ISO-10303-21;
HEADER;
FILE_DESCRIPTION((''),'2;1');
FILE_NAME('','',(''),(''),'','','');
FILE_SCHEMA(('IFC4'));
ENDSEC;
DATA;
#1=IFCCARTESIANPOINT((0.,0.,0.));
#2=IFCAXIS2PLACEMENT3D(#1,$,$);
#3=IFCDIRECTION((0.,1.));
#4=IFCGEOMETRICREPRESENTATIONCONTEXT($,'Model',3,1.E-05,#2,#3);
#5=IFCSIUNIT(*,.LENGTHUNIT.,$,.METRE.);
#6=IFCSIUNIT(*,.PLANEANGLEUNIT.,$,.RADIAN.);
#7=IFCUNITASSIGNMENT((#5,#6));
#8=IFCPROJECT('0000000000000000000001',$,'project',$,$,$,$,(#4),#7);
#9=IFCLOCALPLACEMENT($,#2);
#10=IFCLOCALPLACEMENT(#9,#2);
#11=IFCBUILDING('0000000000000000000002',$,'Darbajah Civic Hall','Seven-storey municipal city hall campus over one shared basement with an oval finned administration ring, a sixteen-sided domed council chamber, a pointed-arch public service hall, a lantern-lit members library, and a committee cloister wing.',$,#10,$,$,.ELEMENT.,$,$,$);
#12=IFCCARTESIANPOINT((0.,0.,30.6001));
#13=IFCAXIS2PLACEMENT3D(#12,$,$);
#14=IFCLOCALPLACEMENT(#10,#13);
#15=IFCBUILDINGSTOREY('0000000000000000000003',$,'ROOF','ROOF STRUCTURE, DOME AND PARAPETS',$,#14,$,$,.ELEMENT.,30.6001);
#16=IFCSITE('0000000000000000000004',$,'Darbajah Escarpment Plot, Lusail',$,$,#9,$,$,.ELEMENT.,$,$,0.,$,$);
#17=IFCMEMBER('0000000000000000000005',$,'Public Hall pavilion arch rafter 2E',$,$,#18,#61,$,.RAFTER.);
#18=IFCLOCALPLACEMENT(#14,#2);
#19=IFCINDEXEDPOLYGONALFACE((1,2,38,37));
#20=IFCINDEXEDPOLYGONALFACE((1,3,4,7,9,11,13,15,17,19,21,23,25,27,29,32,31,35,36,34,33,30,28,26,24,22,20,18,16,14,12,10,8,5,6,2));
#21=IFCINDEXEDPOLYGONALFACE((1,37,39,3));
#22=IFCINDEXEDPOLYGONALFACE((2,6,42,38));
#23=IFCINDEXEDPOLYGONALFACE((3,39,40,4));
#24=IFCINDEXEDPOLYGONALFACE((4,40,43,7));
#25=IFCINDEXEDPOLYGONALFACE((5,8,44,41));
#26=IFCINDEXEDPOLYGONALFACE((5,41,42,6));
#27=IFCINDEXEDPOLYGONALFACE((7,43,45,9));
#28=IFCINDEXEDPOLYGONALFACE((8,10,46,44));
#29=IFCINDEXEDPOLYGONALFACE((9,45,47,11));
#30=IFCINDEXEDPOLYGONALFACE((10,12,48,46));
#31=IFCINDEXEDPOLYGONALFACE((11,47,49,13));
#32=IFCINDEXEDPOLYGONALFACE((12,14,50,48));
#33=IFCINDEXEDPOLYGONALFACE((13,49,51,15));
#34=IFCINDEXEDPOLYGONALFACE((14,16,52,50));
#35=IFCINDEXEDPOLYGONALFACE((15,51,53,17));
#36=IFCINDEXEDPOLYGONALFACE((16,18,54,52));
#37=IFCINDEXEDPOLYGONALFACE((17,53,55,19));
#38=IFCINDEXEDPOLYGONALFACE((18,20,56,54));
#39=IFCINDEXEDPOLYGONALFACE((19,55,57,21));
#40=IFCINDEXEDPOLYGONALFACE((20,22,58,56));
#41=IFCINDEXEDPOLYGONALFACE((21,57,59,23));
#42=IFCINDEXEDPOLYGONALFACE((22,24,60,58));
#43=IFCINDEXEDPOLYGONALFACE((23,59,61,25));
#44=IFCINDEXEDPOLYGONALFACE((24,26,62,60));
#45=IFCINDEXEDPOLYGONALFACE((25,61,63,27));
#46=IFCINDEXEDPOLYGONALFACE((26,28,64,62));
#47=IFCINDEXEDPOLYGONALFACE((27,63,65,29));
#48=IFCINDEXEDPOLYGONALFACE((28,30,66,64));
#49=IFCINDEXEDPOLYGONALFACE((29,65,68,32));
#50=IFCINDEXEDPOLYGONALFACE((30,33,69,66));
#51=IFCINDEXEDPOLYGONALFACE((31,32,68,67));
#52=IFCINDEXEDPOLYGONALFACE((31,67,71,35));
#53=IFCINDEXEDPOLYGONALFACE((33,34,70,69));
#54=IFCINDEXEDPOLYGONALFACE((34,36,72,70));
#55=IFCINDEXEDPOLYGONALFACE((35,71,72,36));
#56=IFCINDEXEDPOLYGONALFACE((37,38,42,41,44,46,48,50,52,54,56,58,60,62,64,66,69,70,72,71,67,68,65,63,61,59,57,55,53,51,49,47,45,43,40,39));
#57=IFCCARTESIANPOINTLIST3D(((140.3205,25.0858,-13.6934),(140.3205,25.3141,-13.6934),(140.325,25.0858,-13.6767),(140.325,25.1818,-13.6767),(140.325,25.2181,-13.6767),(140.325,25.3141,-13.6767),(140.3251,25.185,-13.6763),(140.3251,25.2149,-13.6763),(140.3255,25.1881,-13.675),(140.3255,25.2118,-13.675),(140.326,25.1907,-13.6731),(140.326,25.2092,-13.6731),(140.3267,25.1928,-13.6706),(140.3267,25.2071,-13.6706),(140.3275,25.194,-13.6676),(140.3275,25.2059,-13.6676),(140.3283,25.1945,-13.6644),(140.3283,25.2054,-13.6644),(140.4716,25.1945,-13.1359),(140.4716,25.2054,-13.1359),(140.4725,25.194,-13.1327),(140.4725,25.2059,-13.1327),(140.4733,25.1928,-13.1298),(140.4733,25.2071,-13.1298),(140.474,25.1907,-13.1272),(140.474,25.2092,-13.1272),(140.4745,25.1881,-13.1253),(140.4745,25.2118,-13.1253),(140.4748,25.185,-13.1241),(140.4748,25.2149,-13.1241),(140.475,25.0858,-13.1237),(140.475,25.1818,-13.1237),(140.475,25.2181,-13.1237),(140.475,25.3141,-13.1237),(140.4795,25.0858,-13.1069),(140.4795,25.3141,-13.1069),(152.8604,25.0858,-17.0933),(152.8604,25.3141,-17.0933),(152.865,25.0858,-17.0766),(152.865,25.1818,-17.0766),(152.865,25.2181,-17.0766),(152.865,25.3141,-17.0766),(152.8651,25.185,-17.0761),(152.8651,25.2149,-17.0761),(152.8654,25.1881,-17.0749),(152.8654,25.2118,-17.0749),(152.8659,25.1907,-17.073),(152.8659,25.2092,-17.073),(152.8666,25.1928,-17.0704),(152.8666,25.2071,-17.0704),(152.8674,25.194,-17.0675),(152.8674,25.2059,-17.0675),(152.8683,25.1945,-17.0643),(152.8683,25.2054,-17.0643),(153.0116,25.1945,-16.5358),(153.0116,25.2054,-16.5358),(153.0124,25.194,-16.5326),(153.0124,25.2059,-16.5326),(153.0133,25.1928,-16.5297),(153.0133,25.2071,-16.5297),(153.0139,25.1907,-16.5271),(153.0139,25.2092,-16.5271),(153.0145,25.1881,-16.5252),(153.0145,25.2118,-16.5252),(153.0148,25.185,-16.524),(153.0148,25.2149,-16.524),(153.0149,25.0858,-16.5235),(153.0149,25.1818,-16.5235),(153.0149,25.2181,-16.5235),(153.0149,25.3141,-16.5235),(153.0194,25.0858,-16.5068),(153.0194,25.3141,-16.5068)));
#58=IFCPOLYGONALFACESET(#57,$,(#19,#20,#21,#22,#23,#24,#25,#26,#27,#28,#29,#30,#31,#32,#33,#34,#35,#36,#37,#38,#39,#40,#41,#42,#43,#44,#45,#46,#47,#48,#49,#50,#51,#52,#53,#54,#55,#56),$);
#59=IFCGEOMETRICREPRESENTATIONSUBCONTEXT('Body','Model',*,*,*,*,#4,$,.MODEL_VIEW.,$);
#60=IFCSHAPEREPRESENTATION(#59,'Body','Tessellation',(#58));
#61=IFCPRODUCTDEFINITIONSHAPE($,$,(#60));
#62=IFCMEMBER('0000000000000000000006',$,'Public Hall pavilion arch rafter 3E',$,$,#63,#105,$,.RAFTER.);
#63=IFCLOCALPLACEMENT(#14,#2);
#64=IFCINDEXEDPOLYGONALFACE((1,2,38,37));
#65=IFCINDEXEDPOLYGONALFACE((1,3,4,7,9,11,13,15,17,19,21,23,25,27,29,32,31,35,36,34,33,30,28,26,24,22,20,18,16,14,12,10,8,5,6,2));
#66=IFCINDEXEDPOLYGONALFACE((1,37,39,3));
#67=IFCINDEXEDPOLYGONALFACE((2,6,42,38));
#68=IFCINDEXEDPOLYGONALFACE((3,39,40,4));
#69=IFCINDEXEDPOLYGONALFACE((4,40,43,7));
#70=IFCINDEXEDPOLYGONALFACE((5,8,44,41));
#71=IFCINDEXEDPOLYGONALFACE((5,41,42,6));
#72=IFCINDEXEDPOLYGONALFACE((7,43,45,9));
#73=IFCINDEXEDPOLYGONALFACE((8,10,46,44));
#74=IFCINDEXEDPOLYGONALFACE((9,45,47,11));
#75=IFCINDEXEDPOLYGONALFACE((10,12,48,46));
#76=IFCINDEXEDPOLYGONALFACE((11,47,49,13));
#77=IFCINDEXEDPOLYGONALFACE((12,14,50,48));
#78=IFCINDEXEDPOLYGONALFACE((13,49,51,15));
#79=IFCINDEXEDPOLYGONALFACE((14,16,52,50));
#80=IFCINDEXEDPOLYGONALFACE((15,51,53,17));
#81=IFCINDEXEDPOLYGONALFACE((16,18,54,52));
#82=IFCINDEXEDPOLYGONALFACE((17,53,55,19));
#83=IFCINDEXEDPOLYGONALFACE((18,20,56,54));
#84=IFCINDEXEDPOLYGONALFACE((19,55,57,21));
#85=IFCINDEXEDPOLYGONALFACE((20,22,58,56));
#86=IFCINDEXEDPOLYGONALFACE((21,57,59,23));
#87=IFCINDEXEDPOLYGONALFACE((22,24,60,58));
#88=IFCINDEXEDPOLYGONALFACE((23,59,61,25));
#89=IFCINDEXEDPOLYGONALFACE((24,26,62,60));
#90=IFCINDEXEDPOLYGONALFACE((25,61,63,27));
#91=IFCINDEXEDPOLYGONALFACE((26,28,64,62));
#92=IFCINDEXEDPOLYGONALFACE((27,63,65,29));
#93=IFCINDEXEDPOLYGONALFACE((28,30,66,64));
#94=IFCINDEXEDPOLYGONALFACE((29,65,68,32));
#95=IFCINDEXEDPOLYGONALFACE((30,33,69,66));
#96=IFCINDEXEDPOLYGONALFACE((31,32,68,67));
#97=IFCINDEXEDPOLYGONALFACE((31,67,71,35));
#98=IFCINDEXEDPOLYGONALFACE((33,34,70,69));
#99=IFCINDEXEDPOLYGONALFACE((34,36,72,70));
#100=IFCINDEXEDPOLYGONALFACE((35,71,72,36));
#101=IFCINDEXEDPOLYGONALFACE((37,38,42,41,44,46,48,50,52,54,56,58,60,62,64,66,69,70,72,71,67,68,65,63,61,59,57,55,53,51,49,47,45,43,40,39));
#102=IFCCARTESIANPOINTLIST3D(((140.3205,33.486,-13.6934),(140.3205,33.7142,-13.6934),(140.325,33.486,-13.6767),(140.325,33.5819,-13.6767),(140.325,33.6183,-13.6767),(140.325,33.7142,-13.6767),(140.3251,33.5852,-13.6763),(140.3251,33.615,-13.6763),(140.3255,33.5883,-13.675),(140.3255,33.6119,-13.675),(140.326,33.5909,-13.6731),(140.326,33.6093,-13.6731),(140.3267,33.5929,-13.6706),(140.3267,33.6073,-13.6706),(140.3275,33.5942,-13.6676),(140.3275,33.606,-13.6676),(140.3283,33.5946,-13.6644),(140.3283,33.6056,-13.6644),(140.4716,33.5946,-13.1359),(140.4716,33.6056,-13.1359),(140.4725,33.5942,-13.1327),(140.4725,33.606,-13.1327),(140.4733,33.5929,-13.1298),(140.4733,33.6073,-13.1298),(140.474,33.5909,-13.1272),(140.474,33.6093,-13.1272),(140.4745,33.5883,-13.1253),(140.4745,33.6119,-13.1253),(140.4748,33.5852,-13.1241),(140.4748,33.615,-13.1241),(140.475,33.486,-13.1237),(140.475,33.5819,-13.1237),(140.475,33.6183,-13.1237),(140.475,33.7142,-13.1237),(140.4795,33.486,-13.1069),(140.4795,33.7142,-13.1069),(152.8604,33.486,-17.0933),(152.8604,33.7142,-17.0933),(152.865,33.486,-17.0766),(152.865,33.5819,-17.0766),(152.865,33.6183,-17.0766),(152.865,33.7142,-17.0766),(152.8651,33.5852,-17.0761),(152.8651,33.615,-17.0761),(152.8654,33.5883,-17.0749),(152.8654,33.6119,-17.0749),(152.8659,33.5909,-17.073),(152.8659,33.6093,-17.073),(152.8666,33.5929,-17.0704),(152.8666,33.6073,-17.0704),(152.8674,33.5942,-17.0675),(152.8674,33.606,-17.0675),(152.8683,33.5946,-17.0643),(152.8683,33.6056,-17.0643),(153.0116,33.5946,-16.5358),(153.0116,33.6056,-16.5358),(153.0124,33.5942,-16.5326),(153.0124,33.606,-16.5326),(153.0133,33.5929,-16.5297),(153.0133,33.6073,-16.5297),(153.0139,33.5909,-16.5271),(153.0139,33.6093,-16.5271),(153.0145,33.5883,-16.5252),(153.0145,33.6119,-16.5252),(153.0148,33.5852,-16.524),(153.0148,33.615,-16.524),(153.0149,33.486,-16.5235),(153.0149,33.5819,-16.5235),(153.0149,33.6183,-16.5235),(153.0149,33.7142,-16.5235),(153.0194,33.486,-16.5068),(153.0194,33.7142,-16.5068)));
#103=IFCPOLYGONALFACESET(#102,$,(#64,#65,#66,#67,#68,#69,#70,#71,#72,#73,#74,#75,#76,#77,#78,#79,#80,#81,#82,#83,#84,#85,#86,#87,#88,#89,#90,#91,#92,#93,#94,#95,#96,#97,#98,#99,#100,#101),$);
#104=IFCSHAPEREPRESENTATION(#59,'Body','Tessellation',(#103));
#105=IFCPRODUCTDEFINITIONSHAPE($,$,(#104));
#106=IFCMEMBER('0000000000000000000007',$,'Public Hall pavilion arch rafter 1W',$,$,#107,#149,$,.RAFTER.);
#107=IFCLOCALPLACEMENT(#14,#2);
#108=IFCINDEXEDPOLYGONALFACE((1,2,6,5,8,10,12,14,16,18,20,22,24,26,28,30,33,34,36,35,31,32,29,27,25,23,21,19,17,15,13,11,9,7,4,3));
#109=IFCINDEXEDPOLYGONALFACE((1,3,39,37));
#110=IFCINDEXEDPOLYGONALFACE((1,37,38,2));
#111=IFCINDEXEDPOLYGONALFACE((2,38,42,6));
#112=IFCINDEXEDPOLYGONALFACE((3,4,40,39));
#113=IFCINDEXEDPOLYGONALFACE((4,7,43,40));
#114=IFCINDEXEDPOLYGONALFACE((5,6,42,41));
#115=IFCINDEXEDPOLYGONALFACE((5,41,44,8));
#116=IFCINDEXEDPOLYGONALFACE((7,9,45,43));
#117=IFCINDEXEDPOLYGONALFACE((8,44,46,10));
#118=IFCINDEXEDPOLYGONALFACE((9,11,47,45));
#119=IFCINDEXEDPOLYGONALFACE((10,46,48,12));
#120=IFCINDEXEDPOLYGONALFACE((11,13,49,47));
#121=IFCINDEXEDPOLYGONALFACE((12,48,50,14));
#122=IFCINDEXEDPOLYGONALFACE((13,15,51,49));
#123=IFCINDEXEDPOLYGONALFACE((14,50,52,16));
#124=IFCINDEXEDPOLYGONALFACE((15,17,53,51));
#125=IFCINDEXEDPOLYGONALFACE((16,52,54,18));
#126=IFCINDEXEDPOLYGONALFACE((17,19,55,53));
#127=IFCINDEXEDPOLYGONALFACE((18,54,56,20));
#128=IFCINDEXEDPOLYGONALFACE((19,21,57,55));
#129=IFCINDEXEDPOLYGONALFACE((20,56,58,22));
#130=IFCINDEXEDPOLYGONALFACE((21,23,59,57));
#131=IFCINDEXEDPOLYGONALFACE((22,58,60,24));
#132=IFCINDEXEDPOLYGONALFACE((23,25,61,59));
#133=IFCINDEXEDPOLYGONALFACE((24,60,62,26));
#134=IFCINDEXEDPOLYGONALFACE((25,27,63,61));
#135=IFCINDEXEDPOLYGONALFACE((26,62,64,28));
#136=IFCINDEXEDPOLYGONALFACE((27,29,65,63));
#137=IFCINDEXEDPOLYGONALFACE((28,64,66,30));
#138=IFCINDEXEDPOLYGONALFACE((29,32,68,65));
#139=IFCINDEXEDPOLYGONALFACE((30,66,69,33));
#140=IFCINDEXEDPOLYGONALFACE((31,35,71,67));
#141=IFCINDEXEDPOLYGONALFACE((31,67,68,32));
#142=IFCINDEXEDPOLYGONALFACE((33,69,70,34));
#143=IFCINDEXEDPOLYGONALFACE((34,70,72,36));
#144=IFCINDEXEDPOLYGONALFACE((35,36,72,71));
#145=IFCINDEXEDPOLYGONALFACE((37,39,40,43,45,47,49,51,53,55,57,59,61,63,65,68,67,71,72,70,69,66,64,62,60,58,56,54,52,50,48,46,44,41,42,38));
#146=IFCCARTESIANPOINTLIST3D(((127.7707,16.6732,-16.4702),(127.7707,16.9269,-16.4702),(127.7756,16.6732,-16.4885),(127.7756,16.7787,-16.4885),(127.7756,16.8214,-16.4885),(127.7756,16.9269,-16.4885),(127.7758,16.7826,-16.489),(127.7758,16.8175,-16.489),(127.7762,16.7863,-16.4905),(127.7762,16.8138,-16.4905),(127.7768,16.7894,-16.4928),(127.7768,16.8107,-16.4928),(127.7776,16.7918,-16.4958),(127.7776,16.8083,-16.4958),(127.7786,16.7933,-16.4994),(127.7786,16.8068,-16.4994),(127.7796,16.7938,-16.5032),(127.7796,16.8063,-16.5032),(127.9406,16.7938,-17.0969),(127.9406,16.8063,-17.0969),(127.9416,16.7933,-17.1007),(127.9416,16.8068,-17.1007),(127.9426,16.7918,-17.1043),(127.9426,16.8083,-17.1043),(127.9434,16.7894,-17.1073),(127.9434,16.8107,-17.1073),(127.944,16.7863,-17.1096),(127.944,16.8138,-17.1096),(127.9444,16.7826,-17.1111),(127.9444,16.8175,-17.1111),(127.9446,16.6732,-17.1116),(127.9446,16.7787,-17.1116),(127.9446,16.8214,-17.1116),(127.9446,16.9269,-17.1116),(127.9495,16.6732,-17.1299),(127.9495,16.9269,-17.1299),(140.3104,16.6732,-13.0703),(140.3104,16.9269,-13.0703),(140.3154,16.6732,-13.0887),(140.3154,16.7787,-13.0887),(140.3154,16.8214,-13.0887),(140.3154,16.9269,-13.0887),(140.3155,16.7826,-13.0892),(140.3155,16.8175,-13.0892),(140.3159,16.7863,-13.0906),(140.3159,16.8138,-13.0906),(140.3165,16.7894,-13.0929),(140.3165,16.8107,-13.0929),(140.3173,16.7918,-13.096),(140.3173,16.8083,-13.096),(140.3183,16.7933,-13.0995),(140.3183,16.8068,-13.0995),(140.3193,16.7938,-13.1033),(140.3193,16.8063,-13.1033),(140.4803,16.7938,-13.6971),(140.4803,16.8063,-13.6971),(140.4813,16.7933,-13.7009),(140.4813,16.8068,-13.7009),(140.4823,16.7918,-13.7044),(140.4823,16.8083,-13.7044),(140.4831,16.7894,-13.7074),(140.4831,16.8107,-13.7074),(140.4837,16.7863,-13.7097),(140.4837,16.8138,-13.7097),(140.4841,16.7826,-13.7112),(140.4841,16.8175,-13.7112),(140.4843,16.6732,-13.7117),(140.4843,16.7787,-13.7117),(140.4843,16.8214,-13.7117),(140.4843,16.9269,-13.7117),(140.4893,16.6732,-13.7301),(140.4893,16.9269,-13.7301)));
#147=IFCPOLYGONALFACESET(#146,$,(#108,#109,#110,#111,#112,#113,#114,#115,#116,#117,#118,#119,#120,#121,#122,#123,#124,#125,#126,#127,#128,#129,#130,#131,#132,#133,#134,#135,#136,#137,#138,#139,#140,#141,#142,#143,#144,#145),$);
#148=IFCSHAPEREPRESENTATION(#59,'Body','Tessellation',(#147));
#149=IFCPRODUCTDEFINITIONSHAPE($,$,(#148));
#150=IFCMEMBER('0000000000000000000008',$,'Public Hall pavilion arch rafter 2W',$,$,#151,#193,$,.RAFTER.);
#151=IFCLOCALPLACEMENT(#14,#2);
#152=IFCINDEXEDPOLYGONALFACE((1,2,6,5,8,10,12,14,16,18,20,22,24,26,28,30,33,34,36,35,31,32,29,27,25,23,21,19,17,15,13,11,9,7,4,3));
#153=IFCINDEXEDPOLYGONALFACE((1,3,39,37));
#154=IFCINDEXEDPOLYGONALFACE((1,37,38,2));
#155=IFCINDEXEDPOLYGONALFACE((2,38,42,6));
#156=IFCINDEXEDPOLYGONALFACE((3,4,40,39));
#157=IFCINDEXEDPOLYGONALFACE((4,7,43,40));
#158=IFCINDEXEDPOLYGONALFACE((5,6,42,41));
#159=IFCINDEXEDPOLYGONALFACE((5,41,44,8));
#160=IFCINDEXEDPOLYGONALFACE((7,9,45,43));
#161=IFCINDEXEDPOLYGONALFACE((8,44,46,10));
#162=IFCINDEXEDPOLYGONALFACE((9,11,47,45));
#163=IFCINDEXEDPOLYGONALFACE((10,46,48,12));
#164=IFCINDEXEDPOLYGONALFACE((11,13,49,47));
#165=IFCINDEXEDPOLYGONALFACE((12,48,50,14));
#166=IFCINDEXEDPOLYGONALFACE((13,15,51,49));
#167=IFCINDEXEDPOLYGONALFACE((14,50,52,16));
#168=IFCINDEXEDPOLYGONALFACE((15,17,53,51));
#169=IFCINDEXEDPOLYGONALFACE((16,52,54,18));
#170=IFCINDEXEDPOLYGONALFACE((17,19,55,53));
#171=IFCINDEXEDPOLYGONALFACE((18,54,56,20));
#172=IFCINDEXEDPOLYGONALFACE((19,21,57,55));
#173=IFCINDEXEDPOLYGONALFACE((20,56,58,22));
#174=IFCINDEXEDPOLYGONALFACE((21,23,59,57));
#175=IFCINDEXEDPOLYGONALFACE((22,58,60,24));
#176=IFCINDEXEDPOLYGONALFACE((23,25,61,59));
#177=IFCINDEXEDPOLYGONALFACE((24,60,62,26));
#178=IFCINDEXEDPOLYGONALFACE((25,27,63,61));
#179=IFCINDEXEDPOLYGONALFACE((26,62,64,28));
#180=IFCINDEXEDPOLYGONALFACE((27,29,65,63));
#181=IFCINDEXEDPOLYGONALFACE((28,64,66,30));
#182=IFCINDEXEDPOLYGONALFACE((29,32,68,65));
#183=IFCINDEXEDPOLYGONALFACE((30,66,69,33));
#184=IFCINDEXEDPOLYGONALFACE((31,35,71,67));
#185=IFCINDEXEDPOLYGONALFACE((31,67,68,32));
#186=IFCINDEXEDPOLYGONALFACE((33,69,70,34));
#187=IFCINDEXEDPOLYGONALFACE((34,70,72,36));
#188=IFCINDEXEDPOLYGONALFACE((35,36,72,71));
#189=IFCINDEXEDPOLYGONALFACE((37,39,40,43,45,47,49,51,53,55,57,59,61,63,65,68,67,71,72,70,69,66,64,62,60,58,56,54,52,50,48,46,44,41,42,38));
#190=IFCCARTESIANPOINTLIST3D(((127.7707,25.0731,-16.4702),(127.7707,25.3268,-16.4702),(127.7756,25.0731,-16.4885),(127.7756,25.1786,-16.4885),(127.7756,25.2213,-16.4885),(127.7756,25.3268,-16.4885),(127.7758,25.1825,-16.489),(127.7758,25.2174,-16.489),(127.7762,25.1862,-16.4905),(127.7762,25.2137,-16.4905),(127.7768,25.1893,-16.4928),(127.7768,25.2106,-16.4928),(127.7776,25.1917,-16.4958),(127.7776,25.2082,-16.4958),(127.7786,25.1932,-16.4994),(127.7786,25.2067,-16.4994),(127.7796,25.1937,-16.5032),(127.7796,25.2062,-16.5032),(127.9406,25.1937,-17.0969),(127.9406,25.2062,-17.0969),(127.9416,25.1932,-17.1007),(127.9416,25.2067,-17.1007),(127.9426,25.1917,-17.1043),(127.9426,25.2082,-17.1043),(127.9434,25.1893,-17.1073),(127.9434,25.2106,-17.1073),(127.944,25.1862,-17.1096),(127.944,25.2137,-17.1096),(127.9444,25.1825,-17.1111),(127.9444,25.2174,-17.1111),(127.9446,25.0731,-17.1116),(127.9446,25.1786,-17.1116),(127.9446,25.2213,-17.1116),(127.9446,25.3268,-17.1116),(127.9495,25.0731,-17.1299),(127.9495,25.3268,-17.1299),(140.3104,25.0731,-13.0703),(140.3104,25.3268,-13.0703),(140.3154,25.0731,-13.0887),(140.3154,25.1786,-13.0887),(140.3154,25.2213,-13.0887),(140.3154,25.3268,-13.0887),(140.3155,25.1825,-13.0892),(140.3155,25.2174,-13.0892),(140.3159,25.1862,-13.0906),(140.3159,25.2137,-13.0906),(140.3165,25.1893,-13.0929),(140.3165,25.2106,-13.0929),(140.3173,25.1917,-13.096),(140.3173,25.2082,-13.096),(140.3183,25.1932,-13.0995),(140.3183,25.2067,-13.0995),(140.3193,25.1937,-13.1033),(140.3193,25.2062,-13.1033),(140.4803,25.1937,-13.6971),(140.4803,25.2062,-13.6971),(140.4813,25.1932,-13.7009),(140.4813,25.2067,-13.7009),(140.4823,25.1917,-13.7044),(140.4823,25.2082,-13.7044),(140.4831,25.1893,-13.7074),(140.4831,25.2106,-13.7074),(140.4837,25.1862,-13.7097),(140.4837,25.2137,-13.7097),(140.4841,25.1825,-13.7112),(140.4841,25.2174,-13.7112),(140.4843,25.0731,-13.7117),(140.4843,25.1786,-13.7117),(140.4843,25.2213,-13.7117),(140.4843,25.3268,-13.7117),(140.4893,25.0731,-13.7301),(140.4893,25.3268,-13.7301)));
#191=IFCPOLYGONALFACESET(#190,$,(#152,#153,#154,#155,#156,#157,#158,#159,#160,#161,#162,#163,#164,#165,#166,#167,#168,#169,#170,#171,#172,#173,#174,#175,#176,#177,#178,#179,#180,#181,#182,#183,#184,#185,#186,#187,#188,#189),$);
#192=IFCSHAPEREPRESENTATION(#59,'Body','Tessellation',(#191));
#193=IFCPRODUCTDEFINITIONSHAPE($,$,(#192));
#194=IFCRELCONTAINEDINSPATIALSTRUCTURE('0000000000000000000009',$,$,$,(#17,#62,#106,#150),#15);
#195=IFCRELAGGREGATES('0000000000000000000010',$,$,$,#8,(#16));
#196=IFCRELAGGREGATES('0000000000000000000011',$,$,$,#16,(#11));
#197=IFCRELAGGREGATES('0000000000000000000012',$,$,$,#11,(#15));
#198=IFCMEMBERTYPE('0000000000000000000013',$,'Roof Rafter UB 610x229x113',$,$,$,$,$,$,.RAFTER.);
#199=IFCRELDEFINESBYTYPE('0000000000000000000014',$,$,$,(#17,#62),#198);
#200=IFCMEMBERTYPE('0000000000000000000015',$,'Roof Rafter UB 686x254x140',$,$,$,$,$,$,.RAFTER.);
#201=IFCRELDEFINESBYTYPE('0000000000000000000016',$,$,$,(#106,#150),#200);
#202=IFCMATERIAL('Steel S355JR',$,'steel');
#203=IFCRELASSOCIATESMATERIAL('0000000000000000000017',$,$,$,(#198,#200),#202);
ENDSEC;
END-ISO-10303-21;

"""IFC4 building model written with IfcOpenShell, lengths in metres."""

from ifc_helpers import new_model, si_unit, direction, frame, origin, origin_2d, place, context, subcontext, project, spatial, i_section, extrude, material, material_profile, profile_set, type_object, element, save


model = new_model("IFC4")

# Units and contexts
model_context = context("Model", 3, precision=1e-05, world=origin(), true_north=direction((0.0, 1.0)))
body_context = subcontext(model_context, "Body", "Model", "MODEL_VIEW")
ifc_project = project(units=[si_unit("LENGTHUNIT", "METRE"), si_unit("PLANEANGLEUNIT", "RADIAN")], contexts=[model_context])

# Site, building, storey
site_placement = place(None, origin())
site = spatial("IfcSite", under=ifc_project, at=site_placement, Name="Darbajah Escarpment Plot, Lusail", CompositionType="ELEMENT", RefElevation=0.0)
building_placement = place(site_placement, origin())
building = spatial("IfcBuilding", under=site, at=building_placement, Name="Darbajah Civic Hall", Description="Seven-storey municipal city hall campus over one shared basement with an oval finned administration ring, a sixteen-sided domed council chamber, a pointed-arch public service hall, a lantern-lit members library, and a committee cloister wing.", CompositionType="ELEMENT")
storey_placement = place(building_placement, frame((0.0, 0.0, 30.6001)))
storey = spatial("IfcBuildingStorey", under=building, at=storey_placement, Name="ROOF", Description="ROOF STRUCTURE, DOME AND PARAPETS", CompositionType="ELEMENT", Elevation=30.6001)

# Members
ifc_material_1 = material(Name="Steel S355JR", Category="steel")
ifc_material_profile_1 = material_profile(ifc_material_1, i_section(OverallWidth=0.2283, OverallDepth=0.6077, WebThickness=0.011, FlangeThickness=0.0173, FilletRadius=0.0127, at=origin_2d()), Name="UB 610x229x113")
ifc_profile_set_1 = profile_set([ifc_material_profile_1], Name="Steel S355JR")
member_type_1 = type_object("IfcMemberType", Name="Roof Rafter UB 610x229x113", PredefinedType="RAFTER", material=ifc_profile_set_1)
for number, where, z_axis, x_axis, name in (
    (1, (152.9399, 25.2, -16.8), (-0.965156, 0.0, 0.261677), (0.0, -1.0, 0.0), "Public Hall pavilion arch rafter 2E"),
    (2, (152.9399, 33.6001, -16.8), (-0.965156, 0.0, 0.261677), (0.0, -1.0, 0.0), "Public Hall pavilion arch rafter 3E"),
):
    element("IfcMember", number, at=place(storey_placement, frame(where, z_axis=z_axis, x_axis=x_axis)), inside=storey, type_object=member_type_1, Name=name, PredefinedType="RAFTER", context=body_context, shape_type="SweptSolid", body=[
        extrude(i_section(OverallWidth=0.2283, OverallDepth=0.6077, WebThickness=0.011, FlangeThickness=0.0173, FilletRadius=0.0127, at=origin_2d()), origin(), (0.0, 0.0, 1.0), 12.9927),
    ])
ifc_material_profile_2 = material_profile(ifc_material_1, i_section(OverallWidth=0.2537, OverallDepth=0.6836, WebThickness=0.0125, FlangeThickness=0.019, FilletRadius=0.0151, at=origin_2d()), Name="UB 686x254x140")
ifc_profile_set_2 = profile_set([ifc_material_profile_2], Name="Steel S355JR")
member_type_2 = type_object("IfcMemberType", Name="Roof Rafter UB 686x254x140", PredefinedType="RAFTER", material=ifc_profile_set_2)
for number, where, z_axis, x_axis, name in (
    (3, (127.8601, 16.8, -16.8), (0.965154, 0.0, 0.261681), (0.0, 1.0, 0.0), "Public Hall pavilion arch rafter 1W"),
    (4, (127.8601, 25.2, -16.8), (0.965154, 0.0, 0.261681), (0.0, 1.0, 0.0), "Public Hall pavilion arch rafter 2W"),
):
    element("IfcMember", number, at=place(storey_placement, frame(where, z_axis=z_axis, x_axis=x_axis)), inside=storey, type_object=member_type_2, Name=name, PredefinedType="RAFTER", context=body_context, shape_type="SweptSolid", body=[
        extrude(i_section(OverallWidth=0.2537, OverallDepth=0.6836, WebThickness=0.0125, FlangeThickness=0.019, FilletRadius=0.0151, at=origin_2d()), origin(), (0.0, 0.0, 1.0), 12.9924),
    ])

save(model, "model.ifc")
